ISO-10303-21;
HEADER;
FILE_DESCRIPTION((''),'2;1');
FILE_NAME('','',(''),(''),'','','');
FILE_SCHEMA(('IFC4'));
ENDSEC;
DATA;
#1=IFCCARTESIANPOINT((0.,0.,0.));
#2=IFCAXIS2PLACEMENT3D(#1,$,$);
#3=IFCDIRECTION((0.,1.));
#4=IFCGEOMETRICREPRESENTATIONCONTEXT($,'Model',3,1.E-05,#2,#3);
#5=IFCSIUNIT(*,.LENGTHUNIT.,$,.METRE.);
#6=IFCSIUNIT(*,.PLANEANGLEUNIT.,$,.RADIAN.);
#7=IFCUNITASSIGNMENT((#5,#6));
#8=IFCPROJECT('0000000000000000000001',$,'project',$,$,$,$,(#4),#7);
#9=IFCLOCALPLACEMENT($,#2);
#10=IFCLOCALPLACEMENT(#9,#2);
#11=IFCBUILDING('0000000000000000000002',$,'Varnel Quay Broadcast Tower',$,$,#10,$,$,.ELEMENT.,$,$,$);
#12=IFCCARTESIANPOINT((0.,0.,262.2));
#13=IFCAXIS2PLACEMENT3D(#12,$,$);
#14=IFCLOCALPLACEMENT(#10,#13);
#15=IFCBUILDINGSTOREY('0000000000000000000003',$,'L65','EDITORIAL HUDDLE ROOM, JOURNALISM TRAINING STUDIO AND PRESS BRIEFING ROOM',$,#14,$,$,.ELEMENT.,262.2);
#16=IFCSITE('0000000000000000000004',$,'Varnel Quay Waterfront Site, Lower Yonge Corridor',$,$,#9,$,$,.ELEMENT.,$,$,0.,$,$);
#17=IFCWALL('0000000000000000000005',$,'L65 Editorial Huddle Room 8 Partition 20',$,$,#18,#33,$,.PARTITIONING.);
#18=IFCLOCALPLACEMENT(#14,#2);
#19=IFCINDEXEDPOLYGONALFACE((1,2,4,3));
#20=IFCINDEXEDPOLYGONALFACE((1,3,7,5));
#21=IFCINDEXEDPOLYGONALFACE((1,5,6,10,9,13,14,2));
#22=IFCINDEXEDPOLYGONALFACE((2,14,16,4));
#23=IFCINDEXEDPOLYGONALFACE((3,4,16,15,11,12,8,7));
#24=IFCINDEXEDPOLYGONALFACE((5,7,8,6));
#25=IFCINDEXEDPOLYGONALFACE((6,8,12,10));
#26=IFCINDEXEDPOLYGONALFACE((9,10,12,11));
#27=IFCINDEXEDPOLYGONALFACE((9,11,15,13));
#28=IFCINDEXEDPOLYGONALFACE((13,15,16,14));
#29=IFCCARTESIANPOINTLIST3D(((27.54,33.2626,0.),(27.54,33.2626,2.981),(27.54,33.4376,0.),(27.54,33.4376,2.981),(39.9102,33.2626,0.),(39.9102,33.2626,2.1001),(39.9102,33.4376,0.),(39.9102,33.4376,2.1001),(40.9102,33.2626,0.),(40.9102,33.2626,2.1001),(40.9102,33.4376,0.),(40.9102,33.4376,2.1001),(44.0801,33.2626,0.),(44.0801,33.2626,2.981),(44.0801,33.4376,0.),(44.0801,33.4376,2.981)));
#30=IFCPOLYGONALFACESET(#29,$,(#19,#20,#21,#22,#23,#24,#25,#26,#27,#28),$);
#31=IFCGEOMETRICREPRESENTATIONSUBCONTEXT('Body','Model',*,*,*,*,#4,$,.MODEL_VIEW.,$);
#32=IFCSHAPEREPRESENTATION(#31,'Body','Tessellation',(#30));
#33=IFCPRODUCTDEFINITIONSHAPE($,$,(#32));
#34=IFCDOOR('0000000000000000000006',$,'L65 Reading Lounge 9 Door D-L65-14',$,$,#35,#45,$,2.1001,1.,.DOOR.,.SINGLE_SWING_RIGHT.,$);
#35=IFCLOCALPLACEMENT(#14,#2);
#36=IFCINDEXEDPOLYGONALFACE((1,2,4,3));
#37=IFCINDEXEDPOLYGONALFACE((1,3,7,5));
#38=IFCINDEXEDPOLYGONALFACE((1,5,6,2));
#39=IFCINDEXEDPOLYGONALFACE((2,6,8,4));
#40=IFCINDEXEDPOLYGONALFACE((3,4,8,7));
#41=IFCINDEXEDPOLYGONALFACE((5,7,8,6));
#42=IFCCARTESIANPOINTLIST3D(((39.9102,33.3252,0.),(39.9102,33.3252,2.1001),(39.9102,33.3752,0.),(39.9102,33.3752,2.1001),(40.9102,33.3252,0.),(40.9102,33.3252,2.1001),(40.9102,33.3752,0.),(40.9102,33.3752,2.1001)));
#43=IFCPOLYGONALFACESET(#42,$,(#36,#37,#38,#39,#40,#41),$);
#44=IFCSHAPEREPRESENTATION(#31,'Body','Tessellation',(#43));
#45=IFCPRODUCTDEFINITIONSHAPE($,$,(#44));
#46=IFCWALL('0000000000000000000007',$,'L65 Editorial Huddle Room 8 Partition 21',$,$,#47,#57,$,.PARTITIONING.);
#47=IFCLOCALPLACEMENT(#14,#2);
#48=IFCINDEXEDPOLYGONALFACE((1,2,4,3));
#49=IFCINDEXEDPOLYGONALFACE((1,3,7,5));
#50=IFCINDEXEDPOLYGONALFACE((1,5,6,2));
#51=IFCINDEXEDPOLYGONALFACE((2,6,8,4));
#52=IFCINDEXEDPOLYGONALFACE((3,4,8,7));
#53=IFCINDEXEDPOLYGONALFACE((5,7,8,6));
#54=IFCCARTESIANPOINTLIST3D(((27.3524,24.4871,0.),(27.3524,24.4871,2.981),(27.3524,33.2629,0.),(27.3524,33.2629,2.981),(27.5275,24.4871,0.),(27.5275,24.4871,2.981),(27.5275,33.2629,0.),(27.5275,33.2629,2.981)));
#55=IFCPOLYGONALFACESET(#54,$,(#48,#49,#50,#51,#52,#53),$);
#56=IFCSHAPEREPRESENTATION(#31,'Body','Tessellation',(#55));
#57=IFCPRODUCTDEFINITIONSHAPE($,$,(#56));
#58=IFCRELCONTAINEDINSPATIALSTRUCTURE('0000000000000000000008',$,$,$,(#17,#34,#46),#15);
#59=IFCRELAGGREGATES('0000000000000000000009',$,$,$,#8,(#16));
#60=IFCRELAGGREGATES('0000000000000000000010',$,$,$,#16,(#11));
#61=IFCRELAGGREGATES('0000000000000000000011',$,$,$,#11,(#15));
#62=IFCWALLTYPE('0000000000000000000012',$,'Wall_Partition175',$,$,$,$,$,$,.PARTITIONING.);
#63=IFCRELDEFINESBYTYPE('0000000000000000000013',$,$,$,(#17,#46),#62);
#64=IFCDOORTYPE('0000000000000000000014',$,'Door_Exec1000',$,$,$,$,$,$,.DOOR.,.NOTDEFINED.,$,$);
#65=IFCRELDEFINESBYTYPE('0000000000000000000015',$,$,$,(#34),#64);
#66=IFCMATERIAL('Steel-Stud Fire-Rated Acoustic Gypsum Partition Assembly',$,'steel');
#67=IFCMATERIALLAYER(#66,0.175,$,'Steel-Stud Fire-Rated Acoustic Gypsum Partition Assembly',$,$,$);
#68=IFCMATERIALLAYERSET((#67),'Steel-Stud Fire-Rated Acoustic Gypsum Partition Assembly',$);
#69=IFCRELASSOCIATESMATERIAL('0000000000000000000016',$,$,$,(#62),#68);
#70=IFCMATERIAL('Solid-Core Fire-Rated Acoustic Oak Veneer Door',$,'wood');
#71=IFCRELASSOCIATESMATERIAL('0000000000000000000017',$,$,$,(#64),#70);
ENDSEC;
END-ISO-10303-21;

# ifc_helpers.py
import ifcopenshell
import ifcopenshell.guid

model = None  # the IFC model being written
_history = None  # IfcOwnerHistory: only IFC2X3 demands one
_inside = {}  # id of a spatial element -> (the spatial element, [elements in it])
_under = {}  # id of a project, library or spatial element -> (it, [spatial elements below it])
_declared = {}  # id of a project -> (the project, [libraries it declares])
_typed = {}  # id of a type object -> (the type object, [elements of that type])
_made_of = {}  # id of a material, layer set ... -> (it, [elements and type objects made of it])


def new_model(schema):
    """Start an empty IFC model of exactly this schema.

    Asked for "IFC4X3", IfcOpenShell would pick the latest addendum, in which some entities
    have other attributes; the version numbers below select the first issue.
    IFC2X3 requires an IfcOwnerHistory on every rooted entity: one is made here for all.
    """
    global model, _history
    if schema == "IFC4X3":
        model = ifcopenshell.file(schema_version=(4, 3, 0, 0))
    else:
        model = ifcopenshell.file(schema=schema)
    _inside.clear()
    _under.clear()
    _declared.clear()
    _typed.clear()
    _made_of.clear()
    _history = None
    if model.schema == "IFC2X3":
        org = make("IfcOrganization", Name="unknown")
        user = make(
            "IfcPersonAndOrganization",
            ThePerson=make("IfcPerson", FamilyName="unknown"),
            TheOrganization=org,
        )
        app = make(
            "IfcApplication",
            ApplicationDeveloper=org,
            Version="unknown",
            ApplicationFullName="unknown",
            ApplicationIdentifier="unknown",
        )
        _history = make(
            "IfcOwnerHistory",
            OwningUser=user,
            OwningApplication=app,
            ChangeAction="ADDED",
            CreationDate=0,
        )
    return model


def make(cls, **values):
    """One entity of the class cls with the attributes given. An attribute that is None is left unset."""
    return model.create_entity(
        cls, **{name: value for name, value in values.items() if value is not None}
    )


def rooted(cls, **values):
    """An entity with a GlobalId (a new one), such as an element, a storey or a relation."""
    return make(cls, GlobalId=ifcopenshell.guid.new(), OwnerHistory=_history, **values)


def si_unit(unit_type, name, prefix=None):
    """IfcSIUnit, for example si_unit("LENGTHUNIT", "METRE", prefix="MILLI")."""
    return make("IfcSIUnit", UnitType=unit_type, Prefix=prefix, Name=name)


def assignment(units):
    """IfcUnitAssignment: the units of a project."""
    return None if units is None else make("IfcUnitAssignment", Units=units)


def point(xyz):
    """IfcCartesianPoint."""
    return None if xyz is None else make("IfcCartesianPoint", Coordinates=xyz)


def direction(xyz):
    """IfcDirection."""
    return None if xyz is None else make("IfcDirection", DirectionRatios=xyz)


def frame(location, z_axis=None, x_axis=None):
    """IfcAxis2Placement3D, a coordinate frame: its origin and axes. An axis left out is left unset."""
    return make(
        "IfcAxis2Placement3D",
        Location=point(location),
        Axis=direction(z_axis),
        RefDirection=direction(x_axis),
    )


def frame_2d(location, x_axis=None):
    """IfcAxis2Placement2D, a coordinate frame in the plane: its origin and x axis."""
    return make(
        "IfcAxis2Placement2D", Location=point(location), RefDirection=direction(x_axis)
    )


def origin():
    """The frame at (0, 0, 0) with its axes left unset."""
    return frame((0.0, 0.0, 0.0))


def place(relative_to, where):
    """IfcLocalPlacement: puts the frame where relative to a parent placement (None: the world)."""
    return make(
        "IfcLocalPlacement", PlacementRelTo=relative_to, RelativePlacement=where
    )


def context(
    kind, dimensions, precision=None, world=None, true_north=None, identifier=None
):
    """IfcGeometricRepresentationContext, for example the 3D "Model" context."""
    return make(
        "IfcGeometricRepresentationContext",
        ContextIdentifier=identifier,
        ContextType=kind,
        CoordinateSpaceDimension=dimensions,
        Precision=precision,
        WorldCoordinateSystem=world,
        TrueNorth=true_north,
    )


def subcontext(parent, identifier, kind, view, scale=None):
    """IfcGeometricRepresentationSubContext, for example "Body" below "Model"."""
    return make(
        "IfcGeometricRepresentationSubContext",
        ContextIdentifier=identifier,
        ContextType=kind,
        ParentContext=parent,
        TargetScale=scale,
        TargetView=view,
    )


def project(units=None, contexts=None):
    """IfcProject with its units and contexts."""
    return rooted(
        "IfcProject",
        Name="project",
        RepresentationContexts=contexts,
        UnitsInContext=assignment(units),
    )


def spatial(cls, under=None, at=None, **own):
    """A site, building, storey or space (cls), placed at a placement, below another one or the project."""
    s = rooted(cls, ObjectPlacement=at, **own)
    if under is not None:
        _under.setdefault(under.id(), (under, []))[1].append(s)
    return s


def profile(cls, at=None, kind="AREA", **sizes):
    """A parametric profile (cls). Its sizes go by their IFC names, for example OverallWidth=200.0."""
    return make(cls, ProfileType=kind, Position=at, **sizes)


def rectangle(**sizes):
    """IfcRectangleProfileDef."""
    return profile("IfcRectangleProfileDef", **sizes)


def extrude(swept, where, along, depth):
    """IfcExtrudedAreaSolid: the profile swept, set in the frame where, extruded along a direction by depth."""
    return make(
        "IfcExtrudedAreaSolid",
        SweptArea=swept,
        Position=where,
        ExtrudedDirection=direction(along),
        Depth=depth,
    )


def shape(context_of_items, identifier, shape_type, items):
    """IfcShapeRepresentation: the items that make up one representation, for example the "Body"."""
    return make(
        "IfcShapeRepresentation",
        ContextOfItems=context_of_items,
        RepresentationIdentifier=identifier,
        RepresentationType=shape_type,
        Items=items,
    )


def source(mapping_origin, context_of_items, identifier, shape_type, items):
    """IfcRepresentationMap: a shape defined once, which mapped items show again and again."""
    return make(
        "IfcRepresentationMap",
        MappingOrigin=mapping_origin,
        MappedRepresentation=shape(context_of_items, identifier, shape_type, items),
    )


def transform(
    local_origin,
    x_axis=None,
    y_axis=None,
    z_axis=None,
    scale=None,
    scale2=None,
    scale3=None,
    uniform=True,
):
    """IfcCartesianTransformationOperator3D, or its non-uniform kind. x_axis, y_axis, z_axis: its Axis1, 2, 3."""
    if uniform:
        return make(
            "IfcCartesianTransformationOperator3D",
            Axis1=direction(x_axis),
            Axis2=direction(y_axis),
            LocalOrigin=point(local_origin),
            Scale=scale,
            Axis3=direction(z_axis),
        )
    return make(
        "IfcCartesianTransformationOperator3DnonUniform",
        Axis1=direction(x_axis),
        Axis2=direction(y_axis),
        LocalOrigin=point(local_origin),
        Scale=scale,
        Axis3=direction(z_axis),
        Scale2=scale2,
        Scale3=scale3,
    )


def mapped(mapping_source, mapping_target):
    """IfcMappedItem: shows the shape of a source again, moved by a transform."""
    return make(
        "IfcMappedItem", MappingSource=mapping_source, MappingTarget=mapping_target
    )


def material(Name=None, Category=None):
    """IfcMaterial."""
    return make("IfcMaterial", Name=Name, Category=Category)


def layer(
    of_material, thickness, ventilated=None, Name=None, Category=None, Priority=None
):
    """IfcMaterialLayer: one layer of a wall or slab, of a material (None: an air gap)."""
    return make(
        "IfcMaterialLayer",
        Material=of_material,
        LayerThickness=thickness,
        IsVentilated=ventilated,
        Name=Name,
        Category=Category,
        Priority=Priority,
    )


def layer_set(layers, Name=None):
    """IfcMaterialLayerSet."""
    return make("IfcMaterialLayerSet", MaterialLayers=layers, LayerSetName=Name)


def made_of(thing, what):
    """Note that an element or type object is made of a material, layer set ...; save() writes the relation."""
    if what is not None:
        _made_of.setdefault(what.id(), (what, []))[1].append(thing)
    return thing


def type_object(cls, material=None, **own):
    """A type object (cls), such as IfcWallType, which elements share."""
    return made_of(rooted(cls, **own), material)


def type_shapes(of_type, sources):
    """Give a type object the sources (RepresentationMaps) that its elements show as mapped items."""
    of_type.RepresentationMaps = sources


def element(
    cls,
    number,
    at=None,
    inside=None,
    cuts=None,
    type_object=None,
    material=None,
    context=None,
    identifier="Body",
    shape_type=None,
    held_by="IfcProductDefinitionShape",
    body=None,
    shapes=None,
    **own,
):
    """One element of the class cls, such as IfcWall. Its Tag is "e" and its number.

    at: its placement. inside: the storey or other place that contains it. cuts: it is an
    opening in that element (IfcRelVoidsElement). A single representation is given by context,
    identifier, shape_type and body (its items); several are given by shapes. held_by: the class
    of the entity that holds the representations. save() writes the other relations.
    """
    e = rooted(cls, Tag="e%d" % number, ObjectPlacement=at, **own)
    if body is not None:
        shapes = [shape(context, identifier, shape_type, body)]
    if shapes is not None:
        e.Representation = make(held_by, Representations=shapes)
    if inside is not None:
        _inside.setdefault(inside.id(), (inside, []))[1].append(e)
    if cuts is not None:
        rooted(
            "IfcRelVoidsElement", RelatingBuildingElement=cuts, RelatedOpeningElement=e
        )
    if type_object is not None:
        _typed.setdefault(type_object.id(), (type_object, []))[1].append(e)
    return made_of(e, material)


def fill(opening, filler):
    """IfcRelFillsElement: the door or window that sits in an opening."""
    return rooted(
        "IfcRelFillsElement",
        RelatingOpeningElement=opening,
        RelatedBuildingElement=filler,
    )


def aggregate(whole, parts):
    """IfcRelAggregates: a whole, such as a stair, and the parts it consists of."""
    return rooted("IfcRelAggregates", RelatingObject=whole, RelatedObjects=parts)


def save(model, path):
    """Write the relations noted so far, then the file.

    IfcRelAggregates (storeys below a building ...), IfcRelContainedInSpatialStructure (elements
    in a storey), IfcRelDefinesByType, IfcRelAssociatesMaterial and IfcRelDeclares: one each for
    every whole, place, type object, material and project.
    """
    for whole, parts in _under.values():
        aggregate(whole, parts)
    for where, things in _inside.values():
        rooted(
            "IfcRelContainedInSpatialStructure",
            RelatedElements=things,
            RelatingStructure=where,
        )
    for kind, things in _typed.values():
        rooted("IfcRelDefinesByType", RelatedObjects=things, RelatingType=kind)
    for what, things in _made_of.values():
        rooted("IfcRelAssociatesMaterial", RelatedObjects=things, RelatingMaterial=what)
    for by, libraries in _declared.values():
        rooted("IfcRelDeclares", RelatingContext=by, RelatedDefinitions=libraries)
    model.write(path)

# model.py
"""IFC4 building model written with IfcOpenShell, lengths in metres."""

from ifc_helpers import new_model, si_unit, direction, frame, frame_2d, origin, place, context, subcontext, project, spatial, rectangle, extrude, source, transform, mapped, material, layer, layer_set, type_object, type_shapes, element, fill, save


model = new_model("IFC4")

# Units and contexts
model_context = context("Model", 3, precision=1e-05, world=origin(), true_north=direction((0.0, 1.0)))
body_context = subcontext(model_context, "Body", "Model", "MODEL_VIEW")
ifc_project = project(units=[si_unit("LENGTHUNIT", "METRE"), si_unit("PLANEANGLEUNIT", "RADIAN")], contexts=[model_context])

# Site, building, storey
site_placement = place(None, origin())
site = spatial("IfcSite", under=ifc_project, at=site_placement, Name="Varnel Quay Waterfront Site, Lower Yonge Corridor", CompositionType="ELEMENT", RefElevation=0.0)
building_placement = place(site_placement, origin())
building = spatial("IfcBuilding", under=site, at=building_placement, Name="Varnel Quay Broadcast Tower", CompositionType="ELEMENT")
storey_placement = place(building_placement, frame((0.0, 0.0, 262.2)))
storey = spatial("IfcBuildingStorey", under=building, at=storey_placement, Name="L65", Description="EDITORIAL HUDDLE ROOM, JOURNALISM TRAINING STUDIO AND PRESS BRIEFING ROOM", CompositionType="ELEMENT", Elevation=262.2)

# Shared definitions
ifc_material_1 = material(Name="Steel-Stud Fire-Rated Acoustic Gypsum Partition Assembly", Category="steel")

# Wall, opening, door
ifc_layer_1 = layer(ifc_material_1, 0.175, Name="Steel-Stud Fire-Rated Acoustic Gypsum Partition Assembly")
ifc_layer_set_1 = layer_set([ifc_layer_1], Name="Steel-Stud Fire-Rated Acoustic Gypsum Partition Assembly")
wall_type_1 = type_object("IfcWallType", Name="Wall_Partition175", PredefinedType="PARTITIONING", material=ifc_layer_set_1)
ifc_material_2 = material(Name="Solid-Core Fire-Rated Acoustic Oak Veneer Door", Category="wood")
wall_1_placement = place(storey_placement, frame((27.54, 33.3501, 0.0), z_axis=(0.0, 0.0, 1.0), x_axis=(1.0, 0.0, 0.0)))
wall_1 = element("IfcWall", 1, at=wall_1_placement, inside=storey, type_object=wall_type_1, Name="L65 Editorial Huddle Room 8 Partition 20", PredefinedType="PARTITIONING", context=body_context, shape_type="SweptSolid", body=[
    extrude(rectangle(XDim=16.54, YDim=0.175, at=frame_2d((8.27, 0.0))), origin(), (0.0, 0.0, 1.0), 2.981),
])
opening_1_placement = place(wall_1_placement, frame((12.3701, 0.0, 0.0)))
opening_1 = element("IfcOpeningElement", 2, at=opening_1_placement, cuts=wall_1, PredefinedType="OPENING", context=body_context, shape_type="SweptSolid", body=[
    extrude(rectangle(XDim=1.0, YDim=2.1001, at=frame_2d((0.5, 1.05))), frame((0.0, 0.0977, 0.0), z_axis=(0.0, -1.0, 0.0), x_axis=(1.0, 0.0, 0.0)), (0.0, 0.0, 1.0), 0.1951),
])
door_type_1 = type_object("IfcDoorType", Name="Door_Exec1000", OperationType="NOTDEFINED", PredefinedType="DOOR", material=ifc_material_2)
shared_shape_1 = source(origin(), body_context, "Body", "SweptSolid", [
    extrude(rectangle(XDim=1.0, YDim=2.1001, at=frame_2d((0.5, 1.05))), frame((0.0, 0.0249, 0.0), z_axis=(0.0, -1.0, 0.0), x_axis=(1.0, 0.0, 0.0)), (0.0, 0.0, 1.0), 0.05),
])
type_shapes(door_type_1, [shared_shape_1])
door_1_placement = place(opening_1_placement, frame((1.0, 0.0, 0.0), z_axis=(0.0, 0.0, 1.0), x_axis=(-1.0, 0.0, 0.0)))
door_1 = element("IfcDoor", 3, at=door_1_placement, inside=storey, type_object=door_type_1, Name="L65 Reading Lounge 9 Door D-L65-14", OperationType="SINGLE_SWING_RIGHT", OverallHeight=2.1001, OverallWidth=1.0, PredefinedType="DOOR", context=body_context, shape_type="MappedRepresentation", body=[
    mapped(shared_shape_1, transform((0.0, 0.0, 0.0), x_axis=(1.0, 0.0, 0.0), y_axis=(0.0, 1.0, 0.0), z_axis=(0.0, 0.0, 1.0), scale=1.0)),
])
fill(opening_1, door_1)

# Wall
wall_2_placement = place(storey_placement, frame((27.4399, 24.4871, 0.0), z_axis=(0.0, 0.0, 1.0), x_axis=(0.0, 1.0, 0.0)))
element("IfcWall", 4, at=wall_2_placement, inside=storey, type_object=wall_type_1, Name="L65 Editorial Huddle Room 8 Partition 21", PredefinedType="PARTITIONING", context=body_context, shape_type="SweptSolid", body=[
    extrude(rectangle(XDim=8.7759, YDim=0.175, at=frame_2d((4.3879, 0.0))), origin(), (0.0, 0.0, 1.0), 2.981),
])

save(model, "model.ifc")
